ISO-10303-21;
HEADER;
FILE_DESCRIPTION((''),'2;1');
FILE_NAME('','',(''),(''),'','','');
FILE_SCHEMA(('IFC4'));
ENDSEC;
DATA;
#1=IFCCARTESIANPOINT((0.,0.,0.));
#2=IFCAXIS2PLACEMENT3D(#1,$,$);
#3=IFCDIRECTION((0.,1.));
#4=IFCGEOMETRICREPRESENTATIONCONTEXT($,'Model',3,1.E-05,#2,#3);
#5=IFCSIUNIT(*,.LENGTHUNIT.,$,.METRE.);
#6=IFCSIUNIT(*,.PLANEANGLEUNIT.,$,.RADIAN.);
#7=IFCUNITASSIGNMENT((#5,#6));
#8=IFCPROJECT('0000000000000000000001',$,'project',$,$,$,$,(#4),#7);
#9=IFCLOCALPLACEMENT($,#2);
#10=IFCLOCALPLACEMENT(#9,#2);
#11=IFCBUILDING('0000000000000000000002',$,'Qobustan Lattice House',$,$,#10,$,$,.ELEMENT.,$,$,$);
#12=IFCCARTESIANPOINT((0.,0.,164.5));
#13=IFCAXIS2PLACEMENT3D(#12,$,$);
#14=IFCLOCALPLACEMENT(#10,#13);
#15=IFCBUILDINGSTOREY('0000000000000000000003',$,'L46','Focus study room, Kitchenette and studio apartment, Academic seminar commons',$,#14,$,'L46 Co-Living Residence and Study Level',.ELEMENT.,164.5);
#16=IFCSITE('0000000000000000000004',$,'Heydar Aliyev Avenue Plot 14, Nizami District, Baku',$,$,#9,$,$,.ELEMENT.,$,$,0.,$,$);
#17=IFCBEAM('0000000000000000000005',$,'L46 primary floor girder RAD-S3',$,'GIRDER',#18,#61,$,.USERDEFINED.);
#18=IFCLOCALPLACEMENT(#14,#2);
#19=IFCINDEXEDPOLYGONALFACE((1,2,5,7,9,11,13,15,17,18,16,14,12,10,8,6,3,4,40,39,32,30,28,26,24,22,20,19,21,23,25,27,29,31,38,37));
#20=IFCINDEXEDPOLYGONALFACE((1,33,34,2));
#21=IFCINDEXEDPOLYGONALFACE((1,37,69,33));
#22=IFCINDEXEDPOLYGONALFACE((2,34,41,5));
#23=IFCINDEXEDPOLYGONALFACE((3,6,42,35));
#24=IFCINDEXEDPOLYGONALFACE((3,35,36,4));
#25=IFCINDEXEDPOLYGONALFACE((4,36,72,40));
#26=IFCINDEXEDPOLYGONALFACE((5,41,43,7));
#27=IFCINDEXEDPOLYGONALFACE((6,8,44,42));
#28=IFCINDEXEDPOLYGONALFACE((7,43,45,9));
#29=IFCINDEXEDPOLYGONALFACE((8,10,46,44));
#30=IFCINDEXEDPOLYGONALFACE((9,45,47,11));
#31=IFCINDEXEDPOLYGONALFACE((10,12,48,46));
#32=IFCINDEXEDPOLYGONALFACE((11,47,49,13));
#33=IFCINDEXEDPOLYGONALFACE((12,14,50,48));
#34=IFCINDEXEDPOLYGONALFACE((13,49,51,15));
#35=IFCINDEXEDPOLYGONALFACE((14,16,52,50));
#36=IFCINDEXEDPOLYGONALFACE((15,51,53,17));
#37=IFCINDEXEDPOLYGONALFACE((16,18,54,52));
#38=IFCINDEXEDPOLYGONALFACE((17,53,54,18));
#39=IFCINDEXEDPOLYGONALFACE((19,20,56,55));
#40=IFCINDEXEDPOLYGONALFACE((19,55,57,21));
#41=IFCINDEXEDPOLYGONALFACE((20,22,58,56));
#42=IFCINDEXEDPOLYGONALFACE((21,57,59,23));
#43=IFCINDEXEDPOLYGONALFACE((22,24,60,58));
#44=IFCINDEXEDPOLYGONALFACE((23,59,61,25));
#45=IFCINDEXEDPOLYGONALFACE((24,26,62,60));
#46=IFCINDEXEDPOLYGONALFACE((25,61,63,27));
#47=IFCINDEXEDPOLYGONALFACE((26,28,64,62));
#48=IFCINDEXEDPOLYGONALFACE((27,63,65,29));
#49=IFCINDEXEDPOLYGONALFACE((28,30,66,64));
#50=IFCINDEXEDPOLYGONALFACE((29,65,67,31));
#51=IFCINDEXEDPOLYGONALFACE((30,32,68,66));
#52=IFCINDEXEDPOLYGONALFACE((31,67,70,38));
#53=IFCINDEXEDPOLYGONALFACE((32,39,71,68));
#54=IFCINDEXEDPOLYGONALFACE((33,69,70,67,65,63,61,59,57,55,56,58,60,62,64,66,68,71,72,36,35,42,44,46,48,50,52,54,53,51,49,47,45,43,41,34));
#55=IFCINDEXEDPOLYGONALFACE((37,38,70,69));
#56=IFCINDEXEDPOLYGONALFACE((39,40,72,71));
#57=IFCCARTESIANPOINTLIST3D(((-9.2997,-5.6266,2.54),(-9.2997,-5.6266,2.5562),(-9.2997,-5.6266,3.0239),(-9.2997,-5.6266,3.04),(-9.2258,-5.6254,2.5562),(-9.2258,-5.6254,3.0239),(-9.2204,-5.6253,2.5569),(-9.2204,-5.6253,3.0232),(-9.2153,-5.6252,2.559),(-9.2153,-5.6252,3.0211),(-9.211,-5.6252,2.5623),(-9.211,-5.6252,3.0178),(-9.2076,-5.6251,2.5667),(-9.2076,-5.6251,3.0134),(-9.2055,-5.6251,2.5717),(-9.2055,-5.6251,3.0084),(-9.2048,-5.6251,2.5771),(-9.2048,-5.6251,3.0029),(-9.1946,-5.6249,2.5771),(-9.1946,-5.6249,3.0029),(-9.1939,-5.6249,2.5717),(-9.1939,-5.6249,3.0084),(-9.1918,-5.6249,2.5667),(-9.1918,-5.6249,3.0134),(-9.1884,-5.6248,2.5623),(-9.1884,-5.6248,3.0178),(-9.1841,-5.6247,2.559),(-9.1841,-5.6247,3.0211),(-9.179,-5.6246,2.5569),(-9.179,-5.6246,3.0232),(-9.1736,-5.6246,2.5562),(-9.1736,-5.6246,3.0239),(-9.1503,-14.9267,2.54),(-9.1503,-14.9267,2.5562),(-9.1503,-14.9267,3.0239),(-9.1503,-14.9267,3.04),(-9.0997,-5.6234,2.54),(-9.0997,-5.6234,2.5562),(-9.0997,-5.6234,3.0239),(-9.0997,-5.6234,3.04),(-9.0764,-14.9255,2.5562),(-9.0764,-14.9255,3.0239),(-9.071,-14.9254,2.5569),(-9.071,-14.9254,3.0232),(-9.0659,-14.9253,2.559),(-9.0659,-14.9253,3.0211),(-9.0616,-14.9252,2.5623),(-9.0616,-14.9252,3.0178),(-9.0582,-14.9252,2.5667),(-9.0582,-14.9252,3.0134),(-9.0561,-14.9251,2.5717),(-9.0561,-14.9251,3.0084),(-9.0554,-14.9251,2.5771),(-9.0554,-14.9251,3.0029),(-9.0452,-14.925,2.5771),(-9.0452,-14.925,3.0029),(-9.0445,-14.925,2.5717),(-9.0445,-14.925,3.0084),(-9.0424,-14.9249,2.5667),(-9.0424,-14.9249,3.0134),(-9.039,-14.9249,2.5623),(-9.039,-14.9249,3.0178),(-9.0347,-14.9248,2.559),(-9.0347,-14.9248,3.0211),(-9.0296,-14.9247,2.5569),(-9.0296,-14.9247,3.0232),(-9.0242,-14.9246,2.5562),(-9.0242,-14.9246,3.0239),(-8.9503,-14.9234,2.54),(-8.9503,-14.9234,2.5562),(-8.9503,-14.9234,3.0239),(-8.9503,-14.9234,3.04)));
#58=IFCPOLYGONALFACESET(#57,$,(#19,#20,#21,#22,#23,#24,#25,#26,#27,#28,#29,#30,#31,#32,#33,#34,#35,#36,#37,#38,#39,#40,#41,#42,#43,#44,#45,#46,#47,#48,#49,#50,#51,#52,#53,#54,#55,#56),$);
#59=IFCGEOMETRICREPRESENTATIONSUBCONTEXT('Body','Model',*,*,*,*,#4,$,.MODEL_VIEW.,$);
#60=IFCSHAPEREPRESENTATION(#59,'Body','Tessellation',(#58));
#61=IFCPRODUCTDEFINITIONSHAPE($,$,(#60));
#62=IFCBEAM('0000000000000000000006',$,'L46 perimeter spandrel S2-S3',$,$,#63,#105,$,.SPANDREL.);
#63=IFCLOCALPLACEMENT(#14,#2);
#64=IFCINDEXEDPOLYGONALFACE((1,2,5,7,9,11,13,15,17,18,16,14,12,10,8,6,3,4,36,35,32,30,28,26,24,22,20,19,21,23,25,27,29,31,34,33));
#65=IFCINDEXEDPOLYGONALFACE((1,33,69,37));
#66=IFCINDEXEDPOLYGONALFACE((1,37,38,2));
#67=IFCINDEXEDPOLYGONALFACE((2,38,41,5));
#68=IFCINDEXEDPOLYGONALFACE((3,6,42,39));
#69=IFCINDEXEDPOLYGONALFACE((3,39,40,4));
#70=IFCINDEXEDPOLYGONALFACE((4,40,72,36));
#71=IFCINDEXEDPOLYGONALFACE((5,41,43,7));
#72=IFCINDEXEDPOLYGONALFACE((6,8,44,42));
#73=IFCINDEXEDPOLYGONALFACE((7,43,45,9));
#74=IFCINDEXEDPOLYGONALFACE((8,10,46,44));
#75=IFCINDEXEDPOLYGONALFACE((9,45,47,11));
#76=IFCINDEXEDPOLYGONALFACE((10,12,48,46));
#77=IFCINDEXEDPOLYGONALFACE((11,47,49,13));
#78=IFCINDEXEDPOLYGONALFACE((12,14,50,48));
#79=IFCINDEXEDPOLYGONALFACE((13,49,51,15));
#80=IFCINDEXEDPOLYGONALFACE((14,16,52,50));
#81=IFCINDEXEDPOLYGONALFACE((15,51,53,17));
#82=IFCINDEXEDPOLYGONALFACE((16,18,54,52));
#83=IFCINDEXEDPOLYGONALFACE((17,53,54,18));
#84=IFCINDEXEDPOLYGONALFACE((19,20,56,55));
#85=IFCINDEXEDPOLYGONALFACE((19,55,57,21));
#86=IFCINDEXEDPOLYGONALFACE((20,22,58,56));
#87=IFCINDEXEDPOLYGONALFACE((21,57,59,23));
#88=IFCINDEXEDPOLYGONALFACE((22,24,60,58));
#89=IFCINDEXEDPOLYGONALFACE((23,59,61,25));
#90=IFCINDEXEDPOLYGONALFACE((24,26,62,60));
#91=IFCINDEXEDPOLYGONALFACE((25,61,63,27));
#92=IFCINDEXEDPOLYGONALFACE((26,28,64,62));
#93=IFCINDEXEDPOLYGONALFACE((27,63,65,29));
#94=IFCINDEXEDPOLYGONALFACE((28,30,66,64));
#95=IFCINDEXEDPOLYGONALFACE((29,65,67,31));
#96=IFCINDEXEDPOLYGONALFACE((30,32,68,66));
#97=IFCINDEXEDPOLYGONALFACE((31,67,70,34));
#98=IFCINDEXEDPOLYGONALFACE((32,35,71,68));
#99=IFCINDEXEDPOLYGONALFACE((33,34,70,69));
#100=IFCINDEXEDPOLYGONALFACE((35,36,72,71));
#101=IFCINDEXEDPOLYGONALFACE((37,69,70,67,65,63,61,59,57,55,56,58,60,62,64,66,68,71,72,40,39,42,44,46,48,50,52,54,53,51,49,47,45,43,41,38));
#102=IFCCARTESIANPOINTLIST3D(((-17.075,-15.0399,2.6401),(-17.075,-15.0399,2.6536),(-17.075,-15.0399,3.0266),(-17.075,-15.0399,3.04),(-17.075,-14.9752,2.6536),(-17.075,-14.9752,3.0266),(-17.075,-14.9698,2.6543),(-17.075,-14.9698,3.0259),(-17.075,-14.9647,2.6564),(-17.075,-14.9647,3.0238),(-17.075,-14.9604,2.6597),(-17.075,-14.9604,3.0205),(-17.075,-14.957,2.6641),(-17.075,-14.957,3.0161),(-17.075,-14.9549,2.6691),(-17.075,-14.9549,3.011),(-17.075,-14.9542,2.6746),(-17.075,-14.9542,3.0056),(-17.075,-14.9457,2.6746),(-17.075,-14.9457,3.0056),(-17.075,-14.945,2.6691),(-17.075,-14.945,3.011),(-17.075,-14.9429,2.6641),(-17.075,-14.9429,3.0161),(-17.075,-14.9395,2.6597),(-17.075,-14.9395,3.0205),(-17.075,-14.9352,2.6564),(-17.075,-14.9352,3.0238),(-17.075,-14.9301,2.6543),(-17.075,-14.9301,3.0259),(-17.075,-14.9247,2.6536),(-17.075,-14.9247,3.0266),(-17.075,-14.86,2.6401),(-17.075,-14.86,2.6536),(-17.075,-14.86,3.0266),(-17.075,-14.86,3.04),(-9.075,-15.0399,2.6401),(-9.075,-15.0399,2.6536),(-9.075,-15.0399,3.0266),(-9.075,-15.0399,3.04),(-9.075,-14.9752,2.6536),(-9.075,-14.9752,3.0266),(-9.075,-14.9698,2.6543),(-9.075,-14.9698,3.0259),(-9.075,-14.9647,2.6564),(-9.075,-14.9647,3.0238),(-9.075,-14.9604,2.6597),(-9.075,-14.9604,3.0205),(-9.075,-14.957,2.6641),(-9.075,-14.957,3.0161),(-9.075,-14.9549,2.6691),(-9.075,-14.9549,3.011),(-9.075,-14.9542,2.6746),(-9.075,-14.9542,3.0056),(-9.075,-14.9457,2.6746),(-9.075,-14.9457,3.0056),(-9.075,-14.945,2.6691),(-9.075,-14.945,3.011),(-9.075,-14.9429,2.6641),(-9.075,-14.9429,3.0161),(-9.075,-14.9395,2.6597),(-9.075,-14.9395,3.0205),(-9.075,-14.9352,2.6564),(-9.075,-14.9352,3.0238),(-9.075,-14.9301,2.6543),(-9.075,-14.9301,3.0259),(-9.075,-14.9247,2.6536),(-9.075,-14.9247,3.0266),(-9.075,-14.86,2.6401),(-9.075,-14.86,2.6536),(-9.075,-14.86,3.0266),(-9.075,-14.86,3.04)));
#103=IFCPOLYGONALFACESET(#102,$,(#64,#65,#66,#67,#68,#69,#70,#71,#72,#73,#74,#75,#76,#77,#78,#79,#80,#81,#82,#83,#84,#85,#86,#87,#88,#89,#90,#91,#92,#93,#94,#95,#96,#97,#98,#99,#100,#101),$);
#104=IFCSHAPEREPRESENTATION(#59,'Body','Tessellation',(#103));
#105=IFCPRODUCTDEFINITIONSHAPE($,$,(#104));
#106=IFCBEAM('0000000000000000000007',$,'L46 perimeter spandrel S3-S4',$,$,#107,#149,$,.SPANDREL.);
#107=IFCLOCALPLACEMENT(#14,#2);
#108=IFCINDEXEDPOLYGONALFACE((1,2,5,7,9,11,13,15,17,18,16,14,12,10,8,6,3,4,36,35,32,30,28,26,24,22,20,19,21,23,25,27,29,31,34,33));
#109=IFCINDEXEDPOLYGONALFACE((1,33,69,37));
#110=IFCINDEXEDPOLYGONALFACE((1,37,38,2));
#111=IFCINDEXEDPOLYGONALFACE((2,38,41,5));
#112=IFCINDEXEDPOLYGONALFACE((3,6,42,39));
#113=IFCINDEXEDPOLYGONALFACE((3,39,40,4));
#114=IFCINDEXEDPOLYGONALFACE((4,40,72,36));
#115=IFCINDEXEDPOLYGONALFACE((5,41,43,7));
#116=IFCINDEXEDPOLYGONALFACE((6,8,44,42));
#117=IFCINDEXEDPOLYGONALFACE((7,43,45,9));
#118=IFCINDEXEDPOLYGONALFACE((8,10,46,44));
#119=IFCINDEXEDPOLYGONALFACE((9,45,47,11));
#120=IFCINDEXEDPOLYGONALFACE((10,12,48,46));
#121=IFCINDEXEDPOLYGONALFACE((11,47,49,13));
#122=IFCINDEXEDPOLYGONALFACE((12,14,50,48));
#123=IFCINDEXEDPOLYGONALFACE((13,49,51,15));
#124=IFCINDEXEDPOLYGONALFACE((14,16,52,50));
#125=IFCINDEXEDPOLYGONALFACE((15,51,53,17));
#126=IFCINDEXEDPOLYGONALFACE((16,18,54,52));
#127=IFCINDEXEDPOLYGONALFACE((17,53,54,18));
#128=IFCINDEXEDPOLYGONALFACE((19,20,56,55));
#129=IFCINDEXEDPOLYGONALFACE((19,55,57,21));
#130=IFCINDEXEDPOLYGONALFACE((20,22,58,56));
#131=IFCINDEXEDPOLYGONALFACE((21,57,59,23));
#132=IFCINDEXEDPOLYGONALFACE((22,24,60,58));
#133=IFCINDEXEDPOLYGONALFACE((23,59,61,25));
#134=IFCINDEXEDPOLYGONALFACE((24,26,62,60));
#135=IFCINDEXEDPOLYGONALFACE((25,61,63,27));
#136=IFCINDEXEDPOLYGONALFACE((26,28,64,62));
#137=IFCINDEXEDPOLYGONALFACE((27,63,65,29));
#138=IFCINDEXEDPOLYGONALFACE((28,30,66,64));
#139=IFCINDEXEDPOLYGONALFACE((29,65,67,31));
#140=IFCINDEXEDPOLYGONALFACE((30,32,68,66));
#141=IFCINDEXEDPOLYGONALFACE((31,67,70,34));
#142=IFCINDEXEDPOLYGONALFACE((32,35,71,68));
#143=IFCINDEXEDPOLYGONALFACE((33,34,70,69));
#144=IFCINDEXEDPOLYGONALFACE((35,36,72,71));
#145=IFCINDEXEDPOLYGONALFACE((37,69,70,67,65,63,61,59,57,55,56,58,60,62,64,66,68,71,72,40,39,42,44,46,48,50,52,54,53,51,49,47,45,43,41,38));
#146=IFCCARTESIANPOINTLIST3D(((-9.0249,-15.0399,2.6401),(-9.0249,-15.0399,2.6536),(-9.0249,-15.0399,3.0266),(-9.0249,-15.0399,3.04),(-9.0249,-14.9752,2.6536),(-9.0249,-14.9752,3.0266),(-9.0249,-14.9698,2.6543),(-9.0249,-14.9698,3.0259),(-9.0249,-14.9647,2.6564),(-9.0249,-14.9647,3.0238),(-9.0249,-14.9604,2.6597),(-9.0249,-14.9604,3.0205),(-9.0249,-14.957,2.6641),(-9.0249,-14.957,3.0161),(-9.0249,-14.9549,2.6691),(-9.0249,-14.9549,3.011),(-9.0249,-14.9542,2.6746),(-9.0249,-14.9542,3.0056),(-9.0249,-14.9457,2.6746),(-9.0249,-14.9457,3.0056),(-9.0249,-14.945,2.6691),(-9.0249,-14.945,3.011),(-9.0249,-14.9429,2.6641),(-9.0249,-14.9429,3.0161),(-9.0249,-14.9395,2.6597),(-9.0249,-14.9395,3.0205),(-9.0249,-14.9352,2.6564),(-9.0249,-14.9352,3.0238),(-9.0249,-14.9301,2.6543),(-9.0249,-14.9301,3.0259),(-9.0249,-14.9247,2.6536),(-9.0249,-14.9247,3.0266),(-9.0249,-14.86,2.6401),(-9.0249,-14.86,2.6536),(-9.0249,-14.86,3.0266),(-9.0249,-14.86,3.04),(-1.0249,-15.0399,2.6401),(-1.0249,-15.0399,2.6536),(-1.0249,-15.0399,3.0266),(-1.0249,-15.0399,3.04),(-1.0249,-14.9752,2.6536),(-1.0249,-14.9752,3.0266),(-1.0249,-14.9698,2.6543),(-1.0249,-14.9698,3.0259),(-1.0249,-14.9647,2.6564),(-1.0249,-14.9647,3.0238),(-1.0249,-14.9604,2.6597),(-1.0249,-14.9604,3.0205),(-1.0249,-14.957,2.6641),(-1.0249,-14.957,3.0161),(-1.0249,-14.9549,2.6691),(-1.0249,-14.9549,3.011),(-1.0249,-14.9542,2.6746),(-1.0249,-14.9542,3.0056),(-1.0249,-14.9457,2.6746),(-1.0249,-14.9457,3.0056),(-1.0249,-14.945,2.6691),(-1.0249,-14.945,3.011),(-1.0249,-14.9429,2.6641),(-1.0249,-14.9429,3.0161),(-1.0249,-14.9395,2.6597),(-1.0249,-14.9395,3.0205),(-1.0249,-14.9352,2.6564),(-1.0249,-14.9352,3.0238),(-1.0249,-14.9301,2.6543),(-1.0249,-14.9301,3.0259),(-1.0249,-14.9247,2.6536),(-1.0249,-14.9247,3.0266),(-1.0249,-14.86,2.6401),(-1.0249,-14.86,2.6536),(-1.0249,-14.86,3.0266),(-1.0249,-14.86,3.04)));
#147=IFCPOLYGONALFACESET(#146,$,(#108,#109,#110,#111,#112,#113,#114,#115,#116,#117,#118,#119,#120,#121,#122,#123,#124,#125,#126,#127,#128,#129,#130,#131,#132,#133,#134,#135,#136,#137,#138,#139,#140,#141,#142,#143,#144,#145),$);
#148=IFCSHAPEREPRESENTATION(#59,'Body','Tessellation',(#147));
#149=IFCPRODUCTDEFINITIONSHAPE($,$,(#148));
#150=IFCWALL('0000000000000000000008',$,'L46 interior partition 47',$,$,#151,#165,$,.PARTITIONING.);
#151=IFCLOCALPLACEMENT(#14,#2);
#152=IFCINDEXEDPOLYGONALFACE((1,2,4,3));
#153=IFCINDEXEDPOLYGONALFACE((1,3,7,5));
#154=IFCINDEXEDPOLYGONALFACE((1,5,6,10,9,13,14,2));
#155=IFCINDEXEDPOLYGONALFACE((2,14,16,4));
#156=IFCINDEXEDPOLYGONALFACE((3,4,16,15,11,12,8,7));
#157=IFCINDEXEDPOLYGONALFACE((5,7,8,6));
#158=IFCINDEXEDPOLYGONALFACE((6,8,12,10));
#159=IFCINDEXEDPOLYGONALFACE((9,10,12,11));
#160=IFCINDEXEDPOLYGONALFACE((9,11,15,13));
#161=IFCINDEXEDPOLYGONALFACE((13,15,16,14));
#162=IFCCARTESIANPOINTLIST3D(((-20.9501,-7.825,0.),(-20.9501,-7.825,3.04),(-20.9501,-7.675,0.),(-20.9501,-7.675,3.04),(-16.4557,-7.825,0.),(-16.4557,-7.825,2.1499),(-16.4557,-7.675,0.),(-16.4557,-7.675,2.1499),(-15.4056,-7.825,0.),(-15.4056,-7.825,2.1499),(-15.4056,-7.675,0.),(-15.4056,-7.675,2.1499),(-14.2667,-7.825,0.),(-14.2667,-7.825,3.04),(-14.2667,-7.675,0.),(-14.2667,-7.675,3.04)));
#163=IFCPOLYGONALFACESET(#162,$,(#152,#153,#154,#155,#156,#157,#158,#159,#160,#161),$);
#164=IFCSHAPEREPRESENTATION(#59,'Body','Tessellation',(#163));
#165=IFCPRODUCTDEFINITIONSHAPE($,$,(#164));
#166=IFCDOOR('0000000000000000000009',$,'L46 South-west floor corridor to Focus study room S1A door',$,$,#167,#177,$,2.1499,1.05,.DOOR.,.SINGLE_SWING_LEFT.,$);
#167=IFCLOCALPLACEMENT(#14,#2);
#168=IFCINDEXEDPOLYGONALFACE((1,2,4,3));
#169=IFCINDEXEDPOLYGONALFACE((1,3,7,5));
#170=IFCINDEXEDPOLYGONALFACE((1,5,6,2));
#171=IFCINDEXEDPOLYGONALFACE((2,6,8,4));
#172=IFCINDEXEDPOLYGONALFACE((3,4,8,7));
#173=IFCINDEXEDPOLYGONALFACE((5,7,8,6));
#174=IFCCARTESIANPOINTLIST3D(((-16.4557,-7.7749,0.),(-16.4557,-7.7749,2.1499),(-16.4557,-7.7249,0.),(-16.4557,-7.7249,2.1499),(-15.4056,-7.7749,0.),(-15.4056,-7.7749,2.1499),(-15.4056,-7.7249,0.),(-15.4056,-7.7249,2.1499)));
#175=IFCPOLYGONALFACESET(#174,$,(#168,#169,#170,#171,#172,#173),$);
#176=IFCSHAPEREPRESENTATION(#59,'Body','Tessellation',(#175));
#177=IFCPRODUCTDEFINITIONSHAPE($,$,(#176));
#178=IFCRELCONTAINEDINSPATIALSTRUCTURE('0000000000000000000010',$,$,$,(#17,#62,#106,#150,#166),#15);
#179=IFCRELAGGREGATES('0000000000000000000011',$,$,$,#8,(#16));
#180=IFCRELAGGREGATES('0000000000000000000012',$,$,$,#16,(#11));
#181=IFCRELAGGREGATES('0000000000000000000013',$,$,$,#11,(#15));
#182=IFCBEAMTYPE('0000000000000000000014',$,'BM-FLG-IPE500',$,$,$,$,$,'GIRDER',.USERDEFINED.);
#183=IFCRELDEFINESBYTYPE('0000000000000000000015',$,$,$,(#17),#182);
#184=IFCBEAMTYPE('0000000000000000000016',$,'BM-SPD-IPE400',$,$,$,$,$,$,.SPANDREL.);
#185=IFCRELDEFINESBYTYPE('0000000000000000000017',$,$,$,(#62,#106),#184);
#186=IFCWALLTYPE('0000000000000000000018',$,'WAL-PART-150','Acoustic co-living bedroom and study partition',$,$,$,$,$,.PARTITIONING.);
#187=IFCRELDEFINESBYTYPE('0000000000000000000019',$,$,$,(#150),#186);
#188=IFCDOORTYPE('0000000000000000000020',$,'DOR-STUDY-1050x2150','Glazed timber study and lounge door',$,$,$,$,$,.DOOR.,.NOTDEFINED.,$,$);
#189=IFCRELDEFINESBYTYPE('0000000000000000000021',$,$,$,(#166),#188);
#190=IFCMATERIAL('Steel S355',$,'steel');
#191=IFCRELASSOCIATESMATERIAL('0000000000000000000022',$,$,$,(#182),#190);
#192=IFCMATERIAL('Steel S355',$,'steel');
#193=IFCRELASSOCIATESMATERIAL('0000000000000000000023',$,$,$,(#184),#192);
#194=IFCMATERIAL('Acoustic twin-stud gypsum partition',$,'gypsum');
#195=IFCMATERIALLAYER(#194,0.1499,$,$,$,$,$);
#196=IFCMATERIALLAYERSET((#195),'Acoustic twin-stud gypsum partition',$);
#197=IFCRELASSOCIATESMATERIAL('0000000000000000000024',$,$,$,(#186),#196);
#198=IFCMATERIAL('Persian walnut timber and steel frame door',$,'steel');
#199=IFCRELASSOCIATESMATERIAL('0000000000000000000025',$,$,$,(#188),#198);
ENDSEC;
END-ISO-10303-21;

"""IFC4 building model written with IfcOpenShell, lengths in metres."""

from ifc_helpers import new_model, si_unit, direction, frame, frame_2d, origin, origin_2d, place, context, subcontext, project, spatial, rectangle, i_section, extrude, material, layer, layer_set, material_profile, profile_set, type_object, element, fill, save


model = new_model("IFC4")

# Units and contexts
model_context = context("Model", 3, precision=1e-05, world=origin(), true_north=direction((0.0, 1.0)))
body_context = subcontext(model_context, "Body", "Model", "MODEL_VIEW")
ifc_project = project(units=[si_unit("LENGTHUNIT", "METRE"), si_unit("PLANEANGLEUNIT", "RADIAN")], contexts=[model_context])

# Site, building, storey
site_placement = place(None, origin())
site = spatial("IfcSite", under=ifc_project, at=site_placement, Name="Heydar Aliyev Avenue Plot 14, Nizami District, Baku", CompositionType="ELEMENT", RefElevation=0.0)
building_placement = place(site_placement, origin())
building = spatial("IfcBuilding", under=site, at=building_placement, Name="Qobustan Lattice House", CompositionType="ELEMENT")
storey_placement = place(building_placement, frame((0.0, 0.0, 164.5)))
storey = spatial("IfcBuildingStorey", under=building, at=storey_placement, Name="L46", Description="Focus study room, Kitchenette and studio apartment, Academic seminar commons", LongName="L46 Co-Living Residence and Study Level", CompositionType="ELEMENT", Elevation=164.5)

# Beams
ifc_material_1 = material(Name="Steel S355", Category="steel")
ifc_material_profile_1 = material_profile(ifc_material_1, i_section(OverallWidth=0.2, OverallDepth=0.5, WebThickness=0.0103, FlangeThickness=0.0161, FilletRadius=0.021, at=origin_2d()), Name="IPE500")
ifc_profile_set_1 = profile_set([ifc_material_profile_1], Name="Steel S355")
beam_type_1 = type_object("IfcBeamType", Name="BM-FLG-IPE500", ElementType="GIRDER", PredefinedType="USERDEFINED", material=ifc_profile_set_1)
beam_1_placement = place(storey_placement, frame((-9.0503, -14.925, 2.79), z_axis=(-0.016064, 0.999871, 0.0), x_axis=(-0.999871, -0.016064, 0.0)))
element("IfcBeam", 1, at=beam_1_placement, inside=storey, type_object=beam_type_1, Name="L46 primary floor girder RAD-S3", ObjectType="GIRDER", PredefinedType="USERDEFINED", context=body_context, shape_type="SweptSolid", body=[
    extrude(i_section(OverallWidth=0.2, OverallDepth=0.5, WebThickness=0.0103, FlangeThickness=0.0161, FilletRadius=0.021, at=origin_2d()), origin(), (0.0, 0.0, 1.0), 9.3013),
])
ifc_material_2 = material(Name="Steel S355", Category="steel")
ifc_material_profile_2 = material_profile(ifc_material_2, i_section(OverallWidth=0.1799, OverallDepth=0.3999, WebThickness=0.0085, FlangeThickness=0.0134, FilletRadius=0.021, at=origin_2d()), Name="IPE400")
ifc_profile_set_2 = profile_set([ifc_material_profile_2], Name="Steel S355")
beam_type_2 = type_object("IfcBeamType", Name="BM-SPD-IPE400", PredefinedType="SPANDREL", material=ifc_profile_set_2)
for number, where, z_axis, x_axis, name in (
    (2, (-17.075, -14.95, 2.8401), (1.0, 0.0, 0.0), (0.0, 1.0, 0.0), "L46 perimeter spandrel S2-S3"),
    (3, (-9.0249, -14.95, 2.8401), (1.0, 0.0, 0.0), (0.0, 1.0, 0.0), "L46 perimeter spandrel S3-S4"),
):
    element("IfcBeam", number, at=place(storey_placement, frame(where, z_axis=z_axis, x_axis=x_axis)), inside=storey, type_object=beam_type_2, Name=name, PredefinedType="SPANDREL", context=body_context, shape_type="SweptSolid", body=[
        extrude(i_section(OverallWidth=0.1799, OverallDepth=0.3999, WebThickness=0.0085, FlangeThickness=0.0134, FilletRadius=0.021, at=origin_2d()), origin(), (0.0, 0.0, 1.0), 8.0),
    ])

# Wall, opening, door
ifc_material_3 = material(Name="Acoustic twin-stud gypsum partition", Category="gypsum")
ifc_layer_1 = layer(ifc_material_3, 0.1499)
ifc_layer_set_1 = layer_set([ifc_layer_1], Name="Acoustic twin-stud gypsum partition")
wall_type_1 = type_object("IfcWallType", Name="WAL-PART-150", Description="Acoustic co-living bedroom and study partition", PredefinedType="PARTITIONING", material=ifc_layer_set_1)
wall_1_placement = place(storey_placement, frame((-14.2666, -7.75, 0.0), z_axis=(0.0, 0.0, 1.0), x_axis=(-1.0, 0.0, 0.0)))
wall_1 = element("IfcWall", 4, at=wall_1_placement, inside=storey, type_object=wall_type_1, Name="L46 interior partition 47", PredefinedType="PARTITIONING", context=body_context, shape_type="SweptSolid", body=[
    extrude(rectangle(XDim=6.6833, YDim=0.1499, at=frame_2d((3.3418, 0.0))), origin(), (0.0, 0.0, 1.0), 3.04),
])
opening_1_placement = place(wall_1_placement, frame((1.1392, 0.0, 0.0)))
opening_1 = element("IfcOpeningElement", 5, at=opening_1_placement, cuts=wall_1, PredefinedType="OPENING", context=body_context, shape_type="SweptSolid", body=[
    extrude(rectangle(XDim=1.05, YDim=2.1499, at=frame_2d((0.5249, 1.075))), frame((0.0, 0.085, 0.0), z_axis=(0.0, -1.0, 0.0), x_axis=(1.0, 0.0, 0.0)), (0.0, 0.0, 1.0), 0.1699),
])
ifc_material_4 = material(Name="Persian walnut timber and steel frame door", Category="steel")
door_type_1 = type_object("IfcDoorType", Name="DOR-STUDY-1050x2150", Description="Glazed timber study and lounge door", OperationType="NOTDEFINED", PredefinedType="DOOR", material=ifc_material_4)
door_1_placement = place(opening_1_placement, origin())
door_1 = element("IfcDoor", 6, at=door_1_placement, inside=storey, type_object=door_type_1, Name="L46 South-west floor corridor to Focus study room S1A door", OperationType="SINGLE_SWING_LEFT", OverallHeight=2.1499, OverallWidth=1.05, PredefinedType="DOOR", context=body_context, shape_type="SweptSolid", body=[
    extrude(rectangle(XDim=1.05, YDim=2.1499, at=frame_2d((0.5249, 1.075))), frame((0.0, 0.0249, 0.0), z_axis=(0.0, -1.0, 0.0), x_axis=(1.0, 0.0, 0.0)), (0.0, 0.0, 1.0), 0.05),
])
fill(opening_1, door_1)

save(model, "model.ifc")
